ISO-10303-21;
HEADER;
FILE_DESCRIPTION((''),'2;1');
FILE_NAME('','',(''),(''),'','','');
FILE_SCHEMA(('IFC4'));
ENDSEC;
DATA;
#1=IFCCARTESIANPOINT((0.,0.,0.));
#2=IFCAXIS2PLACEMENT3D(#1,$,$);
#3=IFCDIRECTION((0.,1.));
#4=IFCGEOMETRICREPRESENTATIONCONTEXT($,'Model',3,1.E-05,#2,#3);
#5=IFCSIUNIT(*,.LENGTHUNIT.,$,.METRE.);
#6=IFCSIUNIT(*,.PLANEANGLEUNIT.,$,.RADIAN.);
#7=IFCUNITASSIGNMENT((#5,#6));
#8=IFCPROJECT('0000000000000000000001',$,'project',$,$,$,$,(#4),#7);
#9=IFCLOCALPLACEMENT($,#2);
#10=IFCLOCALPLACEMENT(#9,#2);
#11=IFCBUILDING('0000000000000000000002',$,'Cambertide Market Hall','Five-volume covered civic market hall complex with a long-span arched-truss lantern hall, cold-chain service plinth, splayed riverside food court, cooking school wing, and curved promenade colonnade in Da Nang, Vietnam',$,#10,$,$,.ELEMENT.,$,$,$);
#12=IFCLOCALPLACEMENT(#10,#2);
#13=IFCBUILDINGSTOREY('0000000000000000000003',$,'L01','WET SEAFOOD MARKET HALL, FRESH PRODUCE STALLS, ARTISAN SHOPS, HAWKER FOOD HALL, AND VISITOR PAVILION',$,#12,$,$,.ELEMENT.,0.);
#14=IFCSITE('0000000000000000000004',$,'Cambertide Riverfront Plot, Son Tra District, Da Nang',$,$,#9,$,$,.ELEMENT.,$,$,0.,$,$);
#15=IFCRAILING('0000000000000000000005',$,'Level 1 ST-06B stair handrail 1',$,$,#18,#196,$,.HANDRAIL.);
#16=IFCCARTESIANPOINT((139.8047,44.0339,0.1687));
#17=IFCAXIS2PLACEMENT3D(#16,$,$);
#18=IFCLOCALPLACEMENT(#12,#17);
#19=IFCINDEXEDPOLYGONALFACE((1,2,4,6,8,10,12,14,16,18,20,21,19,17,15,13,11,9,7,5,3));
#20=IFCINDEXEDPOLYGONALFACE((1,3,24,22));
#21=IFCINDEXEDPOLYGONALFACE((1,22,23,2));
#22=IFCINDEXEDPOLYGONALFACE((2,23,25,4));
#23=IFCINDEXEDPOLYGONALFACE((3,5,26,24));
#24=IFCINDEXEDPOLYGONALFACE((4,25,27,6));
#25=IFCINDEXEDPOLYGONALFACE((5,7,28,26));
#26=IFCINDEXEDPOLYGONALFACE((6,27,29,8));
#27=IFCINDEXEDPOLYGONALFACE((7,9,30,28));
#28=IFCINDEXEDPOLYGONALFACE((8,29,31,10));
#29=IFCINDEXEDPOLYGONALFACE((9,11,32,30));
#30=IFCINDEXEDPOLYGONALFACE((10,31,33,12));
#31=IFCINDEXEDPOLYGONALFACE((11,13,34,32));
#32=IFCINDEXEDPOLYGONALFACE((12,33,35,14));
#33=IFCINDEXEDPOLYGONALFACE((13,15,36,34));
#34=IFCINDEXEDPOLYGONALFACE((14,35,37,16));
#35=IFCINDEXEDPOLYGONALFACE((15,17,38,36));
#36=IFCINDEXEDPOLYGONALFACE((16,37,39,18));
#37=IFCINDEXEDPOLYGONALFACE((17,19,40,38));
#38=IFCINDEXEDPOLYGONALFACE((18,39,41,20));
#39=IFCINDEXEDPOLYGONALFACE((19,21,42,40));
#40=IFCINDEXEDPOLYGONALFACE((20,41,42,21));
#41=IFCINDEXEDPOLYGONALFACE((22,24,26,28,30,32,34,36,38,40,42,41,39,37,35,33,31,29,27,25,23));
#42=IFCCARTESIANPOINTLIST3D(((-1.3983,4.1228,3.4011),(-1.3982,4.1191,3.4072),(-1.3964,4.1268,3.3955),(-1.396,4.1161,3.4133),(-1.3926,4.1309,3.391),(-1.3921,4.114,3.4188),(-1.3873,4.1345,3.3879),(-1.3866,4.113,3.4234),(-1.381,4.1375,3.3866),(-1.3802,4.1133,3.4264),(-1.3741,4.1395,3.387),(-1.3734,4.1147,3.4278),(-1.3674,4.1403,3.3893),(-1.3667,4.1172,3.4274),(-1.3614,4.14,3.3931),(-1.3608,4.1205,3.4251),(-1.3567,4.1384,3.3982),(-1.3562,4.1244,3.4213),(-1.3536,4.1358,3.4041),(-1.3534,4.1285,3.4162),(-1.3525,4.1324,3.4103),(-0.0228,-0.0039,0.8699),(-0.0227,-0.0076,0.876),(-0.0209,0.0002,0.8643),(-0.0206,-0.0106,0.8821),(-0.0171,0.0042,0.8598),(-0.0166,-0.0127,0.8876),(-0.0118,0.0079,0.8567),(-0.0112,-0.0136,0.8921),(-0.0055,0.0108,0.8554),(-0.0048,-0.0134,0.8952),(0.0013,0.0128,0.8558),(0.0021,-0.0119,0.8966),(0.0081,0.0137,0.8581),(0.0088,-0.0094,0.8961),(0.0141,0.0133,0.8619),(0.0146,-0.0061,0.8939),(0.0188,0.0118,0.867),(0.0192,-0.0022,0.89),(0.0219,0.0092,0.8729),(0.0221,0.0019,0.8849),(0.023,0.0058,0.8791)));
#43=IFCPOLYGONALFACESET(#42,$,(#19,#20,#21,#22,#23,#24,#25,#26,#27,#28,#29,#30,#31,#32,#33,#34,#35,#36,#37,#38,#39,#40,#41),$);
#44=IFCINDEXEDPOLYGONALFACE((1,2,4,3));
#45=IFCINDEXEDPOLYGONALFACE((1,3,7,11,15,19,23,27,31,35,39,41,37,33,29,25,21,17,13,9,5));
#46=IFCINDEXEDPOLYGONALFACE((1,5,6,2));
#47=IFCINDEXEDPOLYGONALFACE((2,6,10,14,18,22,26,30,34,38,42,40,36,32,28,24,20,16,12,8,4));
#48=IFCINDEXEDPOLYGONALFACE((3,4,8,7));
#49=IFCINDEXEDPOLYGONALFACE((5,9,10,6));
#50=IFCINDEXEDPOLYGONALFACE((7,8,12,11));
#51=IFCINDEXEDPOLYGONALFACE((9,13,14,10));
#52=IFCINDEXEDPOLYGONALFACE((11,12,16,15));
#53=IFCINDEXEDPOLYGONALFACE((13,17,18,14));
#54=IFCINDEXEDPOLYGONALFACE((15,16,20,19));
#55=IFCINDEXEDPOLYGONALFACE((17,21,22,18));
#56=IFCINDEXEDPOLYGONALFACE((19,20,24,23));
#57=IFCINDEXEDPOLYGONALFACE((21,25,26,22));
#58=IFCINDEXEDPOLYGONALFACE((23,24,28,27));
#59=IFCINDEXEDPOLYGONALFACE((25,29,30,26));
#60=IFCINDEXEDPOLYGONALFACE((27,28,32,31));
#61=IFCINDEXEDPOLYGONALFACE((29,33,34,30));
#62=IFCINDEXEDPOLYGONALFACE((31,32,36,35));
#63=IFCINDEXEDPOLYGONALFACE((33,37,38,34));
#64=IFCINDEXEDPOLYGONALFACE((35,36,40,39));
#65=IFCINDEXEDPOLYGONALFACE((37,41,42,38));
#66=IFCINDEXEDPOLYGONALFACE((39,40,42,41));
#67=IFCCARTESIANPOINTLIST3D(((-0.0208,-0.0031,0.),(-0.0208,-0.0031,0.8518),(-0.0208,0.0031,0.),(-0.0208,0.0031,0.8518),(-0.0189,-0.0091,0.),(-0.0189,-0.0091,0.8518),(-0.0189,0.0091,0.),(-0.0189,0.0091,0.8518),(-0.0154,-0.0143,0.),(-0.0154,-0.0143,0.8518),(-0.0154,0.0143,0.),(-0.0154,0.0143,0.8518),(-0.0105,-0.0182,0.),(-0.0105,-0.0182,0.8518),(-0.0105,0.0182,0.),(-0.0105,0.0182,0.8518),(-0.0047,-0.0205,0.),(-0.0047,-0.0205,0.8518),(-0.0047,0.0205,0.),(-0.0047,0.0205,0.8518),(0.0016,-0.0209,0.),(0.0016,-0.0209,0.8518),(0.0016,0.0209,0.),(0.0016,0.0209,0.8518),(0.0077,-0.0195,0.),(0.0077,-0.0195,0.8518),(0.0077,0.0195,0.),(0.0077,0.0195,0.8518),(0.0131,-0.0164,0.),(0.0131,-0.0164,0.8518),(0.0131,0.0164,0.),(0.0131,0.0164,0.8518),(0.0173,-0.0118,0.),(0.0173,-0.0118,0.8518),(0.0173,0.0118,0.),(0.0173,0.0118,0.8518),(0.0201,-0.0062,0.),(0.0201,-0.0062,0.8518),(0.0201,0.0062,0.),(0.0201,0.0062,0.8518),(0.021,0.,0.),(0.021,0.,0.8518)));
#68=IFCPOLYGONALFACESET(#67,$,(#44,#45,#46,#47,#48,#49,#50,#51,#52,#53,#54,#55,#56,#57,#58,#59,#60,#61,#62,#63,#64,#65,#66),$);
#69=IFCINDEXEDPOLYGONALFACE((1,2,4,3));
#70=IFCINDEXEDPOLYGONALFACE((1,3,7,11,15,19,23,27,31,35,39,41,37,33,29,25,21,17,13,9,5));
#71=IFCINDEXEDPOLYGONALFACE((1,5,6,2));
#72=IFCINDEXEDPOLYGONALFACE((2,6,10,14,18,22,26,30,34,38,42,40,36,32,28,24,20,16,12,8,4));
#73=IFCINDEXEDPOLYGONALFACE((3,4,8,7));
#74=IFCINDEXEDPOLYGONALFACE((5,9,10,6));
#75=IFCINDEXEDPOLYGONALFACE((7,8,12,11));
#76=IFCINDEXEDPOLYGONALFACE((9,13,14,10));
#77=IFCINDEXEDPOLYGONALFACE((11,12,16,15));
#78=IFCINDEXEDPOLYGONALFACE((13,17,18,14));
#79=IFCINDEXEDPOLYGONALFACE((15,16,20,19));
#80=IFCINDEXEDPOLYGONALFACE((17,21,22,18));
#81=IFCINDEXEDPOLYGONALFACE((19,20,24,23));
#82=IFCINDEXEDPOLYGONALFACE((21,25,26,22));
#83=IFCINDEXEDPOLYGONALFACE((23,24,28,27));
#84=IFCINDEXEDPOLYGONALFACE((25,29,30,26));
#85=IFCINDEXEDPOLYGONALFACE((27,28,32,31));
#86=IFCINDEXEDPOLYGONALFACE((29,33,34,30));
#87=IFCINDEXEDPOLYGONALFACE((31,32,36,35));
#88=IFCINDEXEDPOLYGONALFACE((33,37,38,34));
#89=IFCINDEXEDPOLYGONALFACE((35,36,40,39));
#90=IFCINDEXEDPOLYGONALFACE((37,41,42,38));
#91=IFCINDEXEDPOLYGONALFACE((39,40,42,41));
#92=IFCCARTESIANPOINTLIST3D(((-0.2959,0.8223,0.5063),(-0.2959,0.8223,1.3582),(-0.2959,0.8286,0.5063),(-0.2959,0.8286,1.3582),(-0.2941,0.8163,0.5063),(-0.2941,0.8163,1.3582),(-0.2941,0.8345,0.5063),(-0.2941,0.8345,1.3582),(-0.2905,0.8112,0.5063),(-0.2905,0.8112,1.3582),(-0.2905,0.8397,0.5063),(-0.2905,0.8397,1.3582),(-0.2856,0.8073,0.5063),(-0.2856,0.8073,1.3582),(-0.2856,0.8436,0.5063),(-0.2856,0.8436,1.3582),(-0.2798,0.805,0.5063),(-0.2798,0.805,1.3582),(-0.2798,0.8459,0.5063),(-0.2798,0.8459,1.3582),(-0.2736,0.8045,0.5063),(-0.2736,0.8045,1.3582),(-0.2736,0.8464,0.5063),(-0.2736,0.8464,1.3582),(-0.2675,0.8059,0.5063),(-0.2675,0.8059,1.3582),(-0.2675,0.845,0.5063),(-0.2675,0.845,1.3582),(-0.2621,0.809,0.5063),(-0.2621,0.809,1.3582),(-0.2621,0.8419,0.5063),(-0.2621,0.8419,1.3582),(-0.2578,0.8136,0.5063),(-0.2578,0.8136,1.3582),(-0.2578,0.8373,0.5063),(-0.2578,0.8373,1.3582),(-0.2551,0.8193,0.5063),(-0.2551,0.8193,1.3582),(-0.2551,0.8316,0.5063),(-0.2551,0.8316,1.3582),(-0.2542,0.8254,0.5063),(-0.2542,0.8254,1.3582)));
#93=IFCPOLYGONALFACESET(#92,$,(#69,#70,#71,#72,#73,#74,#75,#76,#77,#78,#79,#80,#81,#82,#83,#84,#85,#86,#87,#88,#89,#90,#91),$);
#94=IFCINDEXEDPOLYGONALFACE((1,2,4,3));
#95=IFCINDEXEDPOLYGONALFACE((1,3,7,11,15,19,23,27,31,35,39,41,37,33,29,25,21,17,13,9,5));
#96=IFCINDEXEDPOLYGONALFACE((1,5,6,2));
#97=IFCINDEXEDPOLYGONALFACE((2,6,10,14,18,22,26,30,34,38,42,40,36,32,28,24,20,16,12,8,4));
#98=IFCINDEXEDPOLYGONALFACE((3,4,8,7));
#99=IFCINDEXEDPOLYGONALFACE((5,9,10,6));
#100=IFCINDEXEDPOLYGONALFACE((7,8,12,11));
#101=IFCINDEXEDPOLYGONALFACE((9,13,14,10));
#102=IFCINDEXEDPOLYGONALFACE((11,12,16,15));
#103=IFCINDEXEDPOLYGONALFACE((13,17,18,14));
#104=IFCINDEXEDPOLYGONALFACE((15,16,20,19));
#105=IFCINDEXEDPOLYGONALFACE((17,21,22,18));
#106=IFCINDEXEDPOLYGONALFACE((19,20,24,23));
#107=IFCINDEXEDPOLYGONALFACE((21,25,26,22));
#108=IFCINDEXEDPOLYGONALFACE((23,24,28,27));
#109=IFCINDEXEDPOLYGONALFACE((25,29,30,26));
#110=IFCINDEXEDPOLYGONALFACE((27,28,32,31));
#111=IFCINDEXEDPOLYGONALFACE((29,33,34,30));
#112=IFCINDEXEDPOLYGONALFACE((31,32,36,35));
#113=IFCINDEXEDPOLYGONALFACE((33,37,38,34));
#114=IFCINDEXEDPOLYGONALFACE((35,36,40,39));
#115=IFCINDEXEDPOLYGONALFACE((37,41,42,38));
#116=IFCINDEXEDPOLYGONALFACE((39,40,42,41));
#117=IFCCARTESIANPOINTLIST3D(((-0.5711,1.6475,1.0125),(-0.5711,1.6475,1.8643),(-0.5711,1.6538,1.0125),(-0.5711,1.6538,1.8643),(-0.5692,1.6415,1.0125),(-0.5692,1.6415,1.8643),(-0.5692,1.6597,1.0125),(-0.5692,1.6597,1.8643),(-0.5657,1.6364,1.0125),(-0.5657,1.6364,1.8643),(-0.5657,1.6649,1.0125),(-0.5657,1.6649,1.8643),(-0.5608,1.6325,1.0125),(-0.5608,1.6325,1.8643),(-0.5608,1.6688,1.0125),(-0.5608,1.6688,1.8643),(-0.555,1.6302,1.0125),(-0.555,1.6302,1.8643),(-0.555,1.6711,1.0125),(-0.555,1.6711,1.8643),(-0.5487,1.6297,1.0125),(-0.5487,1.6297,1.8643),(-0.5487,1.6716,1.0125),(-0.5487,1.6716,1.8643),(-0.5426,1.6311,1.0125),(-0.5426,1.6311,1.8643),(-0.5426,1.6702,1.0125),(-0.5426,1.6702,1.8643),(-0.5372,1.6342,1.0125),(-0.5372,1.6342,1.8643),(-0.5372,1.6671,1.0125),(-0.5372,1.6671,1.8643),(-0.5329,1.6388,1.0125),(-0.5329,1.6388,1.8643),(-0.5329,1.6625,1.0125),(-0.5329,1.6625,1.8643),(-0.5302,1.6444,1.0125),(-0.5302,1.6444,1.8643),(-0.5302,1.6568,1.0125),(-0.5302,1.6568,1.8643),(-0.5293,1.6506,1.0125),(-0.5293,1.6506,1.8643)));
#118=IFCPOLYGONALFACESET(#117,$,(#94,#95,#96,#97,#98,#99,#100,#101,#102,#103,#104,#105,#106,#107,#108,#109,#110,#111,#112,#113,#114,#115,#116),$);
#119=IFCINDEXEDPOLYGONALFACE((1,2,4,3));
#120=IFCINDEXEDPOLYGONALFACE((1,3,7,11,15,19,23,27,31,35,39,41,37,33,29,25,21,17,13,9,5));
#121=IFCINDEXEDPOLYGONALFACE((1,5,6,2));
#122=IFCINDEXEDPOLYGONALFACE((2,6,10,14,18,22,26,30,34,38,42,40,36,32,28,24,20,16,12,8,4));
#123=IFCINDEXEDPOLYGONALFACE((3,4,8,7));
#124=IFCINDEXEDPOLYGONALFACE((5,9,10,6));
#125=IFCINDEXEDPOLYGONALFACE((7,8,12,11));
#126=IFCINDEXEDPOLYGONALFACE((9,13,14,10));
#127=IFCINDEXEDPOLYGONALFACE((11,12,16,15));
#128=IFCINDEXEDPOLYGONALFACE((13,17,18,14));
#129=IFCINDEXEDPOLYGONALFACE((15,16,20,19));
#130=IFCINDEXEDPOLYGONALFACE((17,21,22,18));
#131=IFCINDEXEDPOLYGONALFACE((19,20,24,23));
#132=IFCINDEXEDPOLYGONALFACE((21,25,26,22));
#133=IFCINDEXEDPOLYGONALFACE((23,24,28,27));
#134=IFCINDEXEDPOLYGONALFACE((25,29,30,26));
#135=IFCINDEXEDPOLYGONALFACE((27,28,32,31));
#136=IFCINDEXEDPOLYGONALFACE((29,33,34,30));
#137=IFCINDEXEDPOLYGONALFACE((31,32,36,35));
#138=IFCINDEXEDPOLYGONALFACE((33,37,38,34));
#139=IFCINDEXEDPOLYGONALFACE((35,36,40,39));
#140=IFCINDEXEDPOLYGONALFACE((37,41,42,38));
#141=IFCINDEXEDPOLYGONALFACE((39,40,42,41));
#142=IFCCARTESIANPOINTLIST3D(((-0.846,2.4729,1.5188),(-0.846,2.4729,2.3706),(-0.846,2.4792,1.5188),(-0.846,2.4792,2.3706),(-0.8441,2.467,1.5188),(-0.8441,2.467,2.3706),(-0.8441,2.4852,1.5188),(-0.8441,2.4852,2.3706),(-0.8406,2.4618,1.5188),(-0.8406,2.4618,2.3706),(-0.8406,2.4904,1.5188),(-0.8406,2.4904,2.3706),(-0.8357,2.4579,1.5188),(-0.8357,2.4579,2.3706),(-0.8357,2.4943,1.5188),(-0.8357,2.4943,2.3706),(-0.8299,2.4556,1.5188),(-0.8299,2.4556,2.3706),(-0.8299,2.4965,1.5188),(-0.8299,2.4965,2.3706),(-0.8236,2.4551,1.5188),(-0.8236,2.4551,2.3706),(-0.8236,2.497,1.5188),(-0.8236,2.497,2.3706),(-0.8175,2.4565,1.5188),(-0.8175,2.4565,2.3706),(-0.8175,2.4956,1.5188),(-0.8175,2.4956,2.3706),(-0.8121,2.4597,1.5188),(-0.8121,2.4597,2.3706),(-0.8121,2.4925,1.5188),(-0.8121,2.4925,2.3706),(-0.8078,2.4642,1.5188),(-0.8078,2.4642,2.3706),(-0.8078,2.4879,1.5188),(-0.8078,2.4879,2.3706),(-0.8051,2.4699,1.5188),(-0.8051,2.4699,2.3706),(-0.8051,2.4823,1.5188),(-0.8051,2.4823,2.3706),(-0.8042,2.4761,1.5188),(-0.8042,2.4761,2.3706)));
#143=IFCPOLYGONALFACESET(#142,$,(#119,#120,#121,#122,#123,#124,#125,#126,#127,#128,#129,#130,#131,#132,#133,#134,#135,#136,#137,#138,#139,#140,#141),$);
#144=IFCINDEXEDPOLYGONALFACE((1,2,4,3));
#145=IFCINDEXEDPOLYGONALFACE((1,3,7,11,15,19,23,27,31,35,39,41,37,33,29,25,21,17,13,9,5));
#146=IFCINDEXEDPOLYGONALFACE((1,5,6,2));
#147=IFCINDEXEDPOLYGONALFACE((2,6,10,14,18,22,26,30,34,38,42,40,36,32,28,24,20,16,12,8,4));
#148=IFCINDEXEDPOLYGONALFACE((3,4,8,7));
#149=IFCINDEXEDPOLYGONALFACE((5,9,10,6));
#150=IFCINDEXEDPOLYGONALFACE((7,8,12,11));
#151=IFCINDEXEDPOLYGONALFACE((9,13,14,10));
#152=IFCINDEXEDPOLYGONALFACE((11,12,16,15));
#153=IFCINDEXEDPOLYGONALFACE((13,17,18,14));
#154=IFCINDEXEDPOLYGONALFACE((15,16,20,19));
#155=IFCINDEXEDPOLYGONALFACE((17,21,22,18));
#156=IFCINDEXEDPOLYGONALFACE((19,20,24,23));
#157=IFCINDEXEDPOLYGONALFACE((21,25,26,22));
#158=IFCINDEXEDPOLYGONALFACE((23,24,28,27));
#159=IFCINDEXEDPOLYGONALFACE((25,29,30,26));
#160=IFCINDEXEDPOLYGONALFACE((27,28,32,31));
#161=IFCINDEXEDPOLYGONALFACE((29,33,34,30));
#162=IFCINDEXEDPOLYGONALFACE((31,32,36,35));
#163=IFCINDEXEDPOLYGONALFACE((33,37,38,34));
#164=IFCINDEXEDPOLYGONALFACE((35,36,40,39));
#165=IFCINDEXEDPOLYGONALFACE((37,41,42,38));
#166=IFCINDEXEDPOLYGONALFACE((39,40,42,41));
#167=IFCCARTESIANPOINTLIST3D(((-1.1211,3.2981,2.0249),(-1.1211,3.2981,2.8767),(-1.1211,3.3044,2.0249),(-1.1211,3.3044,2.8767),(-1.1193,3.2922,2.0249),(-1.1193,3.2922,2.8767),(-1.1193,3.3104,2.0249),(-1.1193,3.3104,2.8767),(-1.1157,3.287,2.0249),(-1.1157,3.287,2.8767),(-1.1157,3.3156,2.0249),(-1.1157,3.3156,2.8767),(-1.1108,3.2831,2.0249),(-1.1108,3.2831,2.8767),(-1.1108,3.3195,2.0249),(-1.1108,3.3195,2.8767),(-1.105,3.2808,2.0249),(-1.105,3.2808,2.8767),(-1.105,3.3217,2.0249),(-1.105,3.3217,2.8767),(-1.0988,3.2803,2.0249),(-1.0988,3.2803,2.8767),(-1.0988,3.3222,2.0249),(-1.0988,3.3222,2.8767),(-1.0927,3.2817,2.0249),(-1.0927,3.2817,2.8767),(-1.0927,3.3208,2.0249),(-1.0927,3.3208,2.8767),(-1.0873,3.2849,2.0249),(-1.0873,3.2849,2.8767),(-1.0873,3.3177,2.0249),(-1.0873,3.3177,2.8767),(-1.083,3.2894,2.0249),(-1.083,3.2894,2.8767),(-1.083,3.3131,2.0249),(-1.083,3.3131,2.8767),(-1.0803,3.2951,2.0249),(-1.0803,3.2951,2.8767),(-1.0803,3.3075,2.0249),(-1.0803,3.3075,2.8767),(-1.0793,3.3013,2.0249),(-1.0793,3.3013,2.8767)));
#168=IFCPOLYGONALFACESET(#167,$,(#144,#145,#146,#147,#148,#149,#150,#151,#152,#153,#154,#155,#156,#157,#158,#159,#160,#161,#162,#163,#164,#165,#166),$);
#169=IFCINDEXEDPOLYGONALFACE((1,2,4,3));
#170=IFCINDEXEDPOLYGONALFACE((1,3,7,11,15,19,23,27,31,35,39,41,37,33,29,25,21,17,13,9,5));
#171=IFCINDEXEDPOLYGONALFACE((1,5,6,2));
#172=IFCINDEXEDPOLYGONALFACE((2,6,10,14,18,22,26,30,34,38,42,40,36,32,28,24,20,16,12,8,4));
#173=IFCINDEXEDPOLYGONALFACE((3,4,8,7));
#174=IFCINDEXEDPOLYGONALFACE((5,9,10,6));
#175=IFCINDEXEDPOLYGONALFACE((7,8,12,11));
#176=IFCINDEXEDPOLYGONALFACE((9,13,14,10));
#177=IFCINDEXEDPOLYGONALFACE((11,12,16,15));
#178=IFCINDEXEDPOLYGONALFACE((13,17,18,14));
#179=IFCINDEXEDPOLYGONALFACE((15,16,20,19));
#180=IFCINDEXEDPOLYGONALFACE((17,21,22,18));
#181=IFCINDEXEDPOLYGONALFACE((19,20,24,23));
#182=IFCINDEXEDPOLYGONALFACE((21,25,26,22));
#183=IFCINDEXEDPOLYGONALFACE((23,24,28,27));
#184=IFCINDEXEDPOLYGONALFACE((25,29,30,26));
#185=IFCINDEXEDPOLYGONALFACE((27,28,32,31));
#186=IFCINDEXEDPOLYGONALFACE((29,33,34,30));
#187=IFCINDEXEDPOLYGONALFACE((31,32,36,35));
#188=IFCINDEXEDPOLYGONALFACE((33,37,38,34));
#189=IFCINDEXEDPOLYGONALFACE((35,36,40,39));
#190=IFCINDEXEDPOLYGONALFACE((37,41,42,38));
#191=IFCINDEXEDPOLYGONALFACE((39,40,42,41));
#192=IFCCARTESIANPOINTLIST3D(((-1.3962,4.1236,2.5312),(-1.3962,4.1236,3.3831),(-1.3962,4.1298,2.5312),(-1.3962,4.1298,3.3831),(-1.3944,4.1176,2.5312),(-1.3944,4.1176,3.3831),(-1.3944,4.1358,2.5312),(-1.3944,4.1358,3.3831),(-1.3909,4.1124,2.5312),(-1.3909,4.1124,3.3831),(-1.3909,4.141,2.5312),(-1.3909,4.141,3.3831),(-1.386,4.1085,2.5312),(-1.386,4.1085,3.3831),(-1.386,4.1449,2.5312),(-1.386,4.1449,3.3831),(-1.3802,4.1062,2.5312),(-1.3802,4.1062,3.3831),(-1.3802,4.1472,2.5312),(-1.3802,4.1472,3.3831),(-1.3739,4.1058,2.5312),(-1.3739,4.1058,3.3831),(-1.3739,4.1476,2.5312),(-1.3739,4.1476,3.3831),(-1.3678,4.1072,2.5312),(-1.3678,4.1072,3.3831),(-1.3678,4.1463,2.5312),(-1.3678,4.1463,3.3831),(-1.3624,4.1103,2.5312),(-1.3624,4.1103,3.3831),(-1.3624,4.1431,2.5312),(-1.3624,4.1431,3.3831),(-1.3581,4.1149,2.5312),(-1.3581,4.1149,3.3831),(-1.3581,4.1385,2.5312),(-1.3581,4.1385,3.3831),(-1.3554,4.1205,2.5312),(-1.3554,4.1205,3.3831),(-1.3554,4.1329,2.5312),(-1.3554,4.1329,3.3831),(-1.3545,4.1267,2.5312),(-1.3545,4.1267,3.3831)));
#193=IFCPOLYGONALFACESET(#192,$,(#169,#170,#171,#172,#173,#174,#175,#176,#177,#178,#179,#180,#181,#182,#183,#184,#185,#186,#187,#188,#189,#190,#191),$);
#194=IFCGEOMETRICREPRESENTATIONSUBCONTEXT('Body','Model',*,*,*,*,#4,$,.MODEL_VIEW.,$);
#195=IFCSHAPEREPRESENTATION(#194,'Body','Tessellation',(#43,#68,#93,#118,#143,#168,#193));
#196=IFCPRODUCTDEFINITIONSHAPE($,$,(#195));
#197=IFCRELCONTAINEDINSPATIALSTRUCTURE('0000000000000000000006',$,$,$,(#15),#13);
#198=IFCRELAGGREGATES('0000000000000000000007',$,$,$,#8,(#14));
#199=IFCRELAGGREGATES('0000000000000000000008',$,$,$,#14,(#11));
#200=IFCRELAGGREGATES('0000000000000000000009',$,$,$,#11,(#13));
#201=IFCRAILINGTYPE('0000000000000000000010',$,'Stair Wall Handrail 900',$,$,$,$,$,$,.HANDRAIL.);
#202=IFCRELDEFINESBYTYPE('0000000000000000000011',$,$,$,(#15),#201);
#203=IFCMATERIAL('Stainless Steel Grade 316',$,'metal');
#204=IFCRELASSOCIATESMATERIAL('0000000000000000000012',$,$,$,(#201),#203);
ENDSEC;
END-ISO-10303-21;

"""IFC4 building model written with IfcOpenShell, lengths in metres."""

from ifc_helpers import new_model, si_unit, direction, frame, origin, origin_2d, place, context, subcontext, project, spatial, circle, extrude, material, type_object, element, save


model = new_model("IFC4")

# Units and contexts
model_context = context("Model", 3, precision=1e-05, world=origin(), true_north=direction((0.0, 1.0)))
body_context = subcontext(model_context, "Body", "Model", "MODEL_VIEW")
ifc_project = project(units=[si_unit("LENGTHUNIT", "METRE"), si_unit("PLANEANGLEUNIT", "RADIAN")], contexts=[model_context])

# Site, building, storey
site_placement = place(None, origin())
site = spatial("IfcSite", under=ifc_project, at=site_placement, Name="Cambertide Riverfront Plot, Son Tra District, Da Nang", CompositionType="ELEMENT", RefElevation=0.0)
building_placement = place(site_placement, origin())
building = spatial("IfcBuilding", under=site, at=building_placement, Name="Cambertide Market Hall", Description="Five-volume covered civic market hall complex with a long-span arched-truss lantern hall, cold-chain service plinth, splayed riverside food court, cooking school wing, and curved promenade colonnade in Da Nang, Vietnam", CompositionType="ELEMENT")
storey_placement = place(building_placement, origin())
storey = spatial("IfcBuildingStorey", under=building, at=storey_placement, Name="L01", Description="WET SEAFOOD MARKET HALL, FRESH PRODUCE STALLS, ARTISAN SHOPS, HAWKER FOOD HALL, AND VISITOR PAVILION", CompositionType="ELEMENT", Elevation=0.0)

# Railing
ifc_material_1 = material(Name="Stainless Steel Grade 316", Category="metal")
railing_type_1 = type_object("IfcRailingType", Name="Stair Wall Handrail 900", PredefinedType="HANDRAIL", material=ifc_material_1)
railing_1_placement = place(storey_placement, frame((139.8047, 44.0339, 0.1687)))
element("IfcRailing", 1, at=railing_1_placement, inside=storey, type_object=railing_type_1, Name="Level 1 ST-06B stair handrail 1", PredefinedType="HANDRAIL", context=body_context, shape_type="SweptSolid", body=[
    extrude(circle(Radius=0.0239, at=origin_2d()), frame((0.0, 0.0, 0.876), z_axis=(-0.273306, 0.819965, 0.502952), x_axis=(-0.948689, -0.316211, 0.0)), (0.0, 0.0, 1.0), 5.0327),
    extrude(circle(Radius=0.021, at=origin_2d()), origin(), (0.0, 0.0, 1.0), 0.8518),
    extrude(circle(Radius=0.021, at=origin_2d()), frame((-0.2751, 0.8254, 0.5063)), (0.0, 0.0, 1.0), 0.8518),
    extrude(circle(Radius=0.021, at=origin_2d()), frame((-0.5503, 1.6506, 1.0125)), (0.0, 0.0, 1.0), 0.8518),
    extrude(circle(Radius=0.021, at=origin_2d()), frame((-0.8252, 2.4761, 1.5188)), (0.0, 0.0, 1.0), 0.8518),
    extrude(circle(Radius=0.021, at=origin_2d()), frame((-1.1003, 3.3013, 2.0249)), (0.0, 0.0, 1.0), 0.8518),
    extrude(circle(Radius=0.021, at=origin_2d()), frame((-1.3755, 4.1267, 2.5312)), (0.0, 0.0, 1.0), 0.8518),
])

save(model, "model.ifc")
